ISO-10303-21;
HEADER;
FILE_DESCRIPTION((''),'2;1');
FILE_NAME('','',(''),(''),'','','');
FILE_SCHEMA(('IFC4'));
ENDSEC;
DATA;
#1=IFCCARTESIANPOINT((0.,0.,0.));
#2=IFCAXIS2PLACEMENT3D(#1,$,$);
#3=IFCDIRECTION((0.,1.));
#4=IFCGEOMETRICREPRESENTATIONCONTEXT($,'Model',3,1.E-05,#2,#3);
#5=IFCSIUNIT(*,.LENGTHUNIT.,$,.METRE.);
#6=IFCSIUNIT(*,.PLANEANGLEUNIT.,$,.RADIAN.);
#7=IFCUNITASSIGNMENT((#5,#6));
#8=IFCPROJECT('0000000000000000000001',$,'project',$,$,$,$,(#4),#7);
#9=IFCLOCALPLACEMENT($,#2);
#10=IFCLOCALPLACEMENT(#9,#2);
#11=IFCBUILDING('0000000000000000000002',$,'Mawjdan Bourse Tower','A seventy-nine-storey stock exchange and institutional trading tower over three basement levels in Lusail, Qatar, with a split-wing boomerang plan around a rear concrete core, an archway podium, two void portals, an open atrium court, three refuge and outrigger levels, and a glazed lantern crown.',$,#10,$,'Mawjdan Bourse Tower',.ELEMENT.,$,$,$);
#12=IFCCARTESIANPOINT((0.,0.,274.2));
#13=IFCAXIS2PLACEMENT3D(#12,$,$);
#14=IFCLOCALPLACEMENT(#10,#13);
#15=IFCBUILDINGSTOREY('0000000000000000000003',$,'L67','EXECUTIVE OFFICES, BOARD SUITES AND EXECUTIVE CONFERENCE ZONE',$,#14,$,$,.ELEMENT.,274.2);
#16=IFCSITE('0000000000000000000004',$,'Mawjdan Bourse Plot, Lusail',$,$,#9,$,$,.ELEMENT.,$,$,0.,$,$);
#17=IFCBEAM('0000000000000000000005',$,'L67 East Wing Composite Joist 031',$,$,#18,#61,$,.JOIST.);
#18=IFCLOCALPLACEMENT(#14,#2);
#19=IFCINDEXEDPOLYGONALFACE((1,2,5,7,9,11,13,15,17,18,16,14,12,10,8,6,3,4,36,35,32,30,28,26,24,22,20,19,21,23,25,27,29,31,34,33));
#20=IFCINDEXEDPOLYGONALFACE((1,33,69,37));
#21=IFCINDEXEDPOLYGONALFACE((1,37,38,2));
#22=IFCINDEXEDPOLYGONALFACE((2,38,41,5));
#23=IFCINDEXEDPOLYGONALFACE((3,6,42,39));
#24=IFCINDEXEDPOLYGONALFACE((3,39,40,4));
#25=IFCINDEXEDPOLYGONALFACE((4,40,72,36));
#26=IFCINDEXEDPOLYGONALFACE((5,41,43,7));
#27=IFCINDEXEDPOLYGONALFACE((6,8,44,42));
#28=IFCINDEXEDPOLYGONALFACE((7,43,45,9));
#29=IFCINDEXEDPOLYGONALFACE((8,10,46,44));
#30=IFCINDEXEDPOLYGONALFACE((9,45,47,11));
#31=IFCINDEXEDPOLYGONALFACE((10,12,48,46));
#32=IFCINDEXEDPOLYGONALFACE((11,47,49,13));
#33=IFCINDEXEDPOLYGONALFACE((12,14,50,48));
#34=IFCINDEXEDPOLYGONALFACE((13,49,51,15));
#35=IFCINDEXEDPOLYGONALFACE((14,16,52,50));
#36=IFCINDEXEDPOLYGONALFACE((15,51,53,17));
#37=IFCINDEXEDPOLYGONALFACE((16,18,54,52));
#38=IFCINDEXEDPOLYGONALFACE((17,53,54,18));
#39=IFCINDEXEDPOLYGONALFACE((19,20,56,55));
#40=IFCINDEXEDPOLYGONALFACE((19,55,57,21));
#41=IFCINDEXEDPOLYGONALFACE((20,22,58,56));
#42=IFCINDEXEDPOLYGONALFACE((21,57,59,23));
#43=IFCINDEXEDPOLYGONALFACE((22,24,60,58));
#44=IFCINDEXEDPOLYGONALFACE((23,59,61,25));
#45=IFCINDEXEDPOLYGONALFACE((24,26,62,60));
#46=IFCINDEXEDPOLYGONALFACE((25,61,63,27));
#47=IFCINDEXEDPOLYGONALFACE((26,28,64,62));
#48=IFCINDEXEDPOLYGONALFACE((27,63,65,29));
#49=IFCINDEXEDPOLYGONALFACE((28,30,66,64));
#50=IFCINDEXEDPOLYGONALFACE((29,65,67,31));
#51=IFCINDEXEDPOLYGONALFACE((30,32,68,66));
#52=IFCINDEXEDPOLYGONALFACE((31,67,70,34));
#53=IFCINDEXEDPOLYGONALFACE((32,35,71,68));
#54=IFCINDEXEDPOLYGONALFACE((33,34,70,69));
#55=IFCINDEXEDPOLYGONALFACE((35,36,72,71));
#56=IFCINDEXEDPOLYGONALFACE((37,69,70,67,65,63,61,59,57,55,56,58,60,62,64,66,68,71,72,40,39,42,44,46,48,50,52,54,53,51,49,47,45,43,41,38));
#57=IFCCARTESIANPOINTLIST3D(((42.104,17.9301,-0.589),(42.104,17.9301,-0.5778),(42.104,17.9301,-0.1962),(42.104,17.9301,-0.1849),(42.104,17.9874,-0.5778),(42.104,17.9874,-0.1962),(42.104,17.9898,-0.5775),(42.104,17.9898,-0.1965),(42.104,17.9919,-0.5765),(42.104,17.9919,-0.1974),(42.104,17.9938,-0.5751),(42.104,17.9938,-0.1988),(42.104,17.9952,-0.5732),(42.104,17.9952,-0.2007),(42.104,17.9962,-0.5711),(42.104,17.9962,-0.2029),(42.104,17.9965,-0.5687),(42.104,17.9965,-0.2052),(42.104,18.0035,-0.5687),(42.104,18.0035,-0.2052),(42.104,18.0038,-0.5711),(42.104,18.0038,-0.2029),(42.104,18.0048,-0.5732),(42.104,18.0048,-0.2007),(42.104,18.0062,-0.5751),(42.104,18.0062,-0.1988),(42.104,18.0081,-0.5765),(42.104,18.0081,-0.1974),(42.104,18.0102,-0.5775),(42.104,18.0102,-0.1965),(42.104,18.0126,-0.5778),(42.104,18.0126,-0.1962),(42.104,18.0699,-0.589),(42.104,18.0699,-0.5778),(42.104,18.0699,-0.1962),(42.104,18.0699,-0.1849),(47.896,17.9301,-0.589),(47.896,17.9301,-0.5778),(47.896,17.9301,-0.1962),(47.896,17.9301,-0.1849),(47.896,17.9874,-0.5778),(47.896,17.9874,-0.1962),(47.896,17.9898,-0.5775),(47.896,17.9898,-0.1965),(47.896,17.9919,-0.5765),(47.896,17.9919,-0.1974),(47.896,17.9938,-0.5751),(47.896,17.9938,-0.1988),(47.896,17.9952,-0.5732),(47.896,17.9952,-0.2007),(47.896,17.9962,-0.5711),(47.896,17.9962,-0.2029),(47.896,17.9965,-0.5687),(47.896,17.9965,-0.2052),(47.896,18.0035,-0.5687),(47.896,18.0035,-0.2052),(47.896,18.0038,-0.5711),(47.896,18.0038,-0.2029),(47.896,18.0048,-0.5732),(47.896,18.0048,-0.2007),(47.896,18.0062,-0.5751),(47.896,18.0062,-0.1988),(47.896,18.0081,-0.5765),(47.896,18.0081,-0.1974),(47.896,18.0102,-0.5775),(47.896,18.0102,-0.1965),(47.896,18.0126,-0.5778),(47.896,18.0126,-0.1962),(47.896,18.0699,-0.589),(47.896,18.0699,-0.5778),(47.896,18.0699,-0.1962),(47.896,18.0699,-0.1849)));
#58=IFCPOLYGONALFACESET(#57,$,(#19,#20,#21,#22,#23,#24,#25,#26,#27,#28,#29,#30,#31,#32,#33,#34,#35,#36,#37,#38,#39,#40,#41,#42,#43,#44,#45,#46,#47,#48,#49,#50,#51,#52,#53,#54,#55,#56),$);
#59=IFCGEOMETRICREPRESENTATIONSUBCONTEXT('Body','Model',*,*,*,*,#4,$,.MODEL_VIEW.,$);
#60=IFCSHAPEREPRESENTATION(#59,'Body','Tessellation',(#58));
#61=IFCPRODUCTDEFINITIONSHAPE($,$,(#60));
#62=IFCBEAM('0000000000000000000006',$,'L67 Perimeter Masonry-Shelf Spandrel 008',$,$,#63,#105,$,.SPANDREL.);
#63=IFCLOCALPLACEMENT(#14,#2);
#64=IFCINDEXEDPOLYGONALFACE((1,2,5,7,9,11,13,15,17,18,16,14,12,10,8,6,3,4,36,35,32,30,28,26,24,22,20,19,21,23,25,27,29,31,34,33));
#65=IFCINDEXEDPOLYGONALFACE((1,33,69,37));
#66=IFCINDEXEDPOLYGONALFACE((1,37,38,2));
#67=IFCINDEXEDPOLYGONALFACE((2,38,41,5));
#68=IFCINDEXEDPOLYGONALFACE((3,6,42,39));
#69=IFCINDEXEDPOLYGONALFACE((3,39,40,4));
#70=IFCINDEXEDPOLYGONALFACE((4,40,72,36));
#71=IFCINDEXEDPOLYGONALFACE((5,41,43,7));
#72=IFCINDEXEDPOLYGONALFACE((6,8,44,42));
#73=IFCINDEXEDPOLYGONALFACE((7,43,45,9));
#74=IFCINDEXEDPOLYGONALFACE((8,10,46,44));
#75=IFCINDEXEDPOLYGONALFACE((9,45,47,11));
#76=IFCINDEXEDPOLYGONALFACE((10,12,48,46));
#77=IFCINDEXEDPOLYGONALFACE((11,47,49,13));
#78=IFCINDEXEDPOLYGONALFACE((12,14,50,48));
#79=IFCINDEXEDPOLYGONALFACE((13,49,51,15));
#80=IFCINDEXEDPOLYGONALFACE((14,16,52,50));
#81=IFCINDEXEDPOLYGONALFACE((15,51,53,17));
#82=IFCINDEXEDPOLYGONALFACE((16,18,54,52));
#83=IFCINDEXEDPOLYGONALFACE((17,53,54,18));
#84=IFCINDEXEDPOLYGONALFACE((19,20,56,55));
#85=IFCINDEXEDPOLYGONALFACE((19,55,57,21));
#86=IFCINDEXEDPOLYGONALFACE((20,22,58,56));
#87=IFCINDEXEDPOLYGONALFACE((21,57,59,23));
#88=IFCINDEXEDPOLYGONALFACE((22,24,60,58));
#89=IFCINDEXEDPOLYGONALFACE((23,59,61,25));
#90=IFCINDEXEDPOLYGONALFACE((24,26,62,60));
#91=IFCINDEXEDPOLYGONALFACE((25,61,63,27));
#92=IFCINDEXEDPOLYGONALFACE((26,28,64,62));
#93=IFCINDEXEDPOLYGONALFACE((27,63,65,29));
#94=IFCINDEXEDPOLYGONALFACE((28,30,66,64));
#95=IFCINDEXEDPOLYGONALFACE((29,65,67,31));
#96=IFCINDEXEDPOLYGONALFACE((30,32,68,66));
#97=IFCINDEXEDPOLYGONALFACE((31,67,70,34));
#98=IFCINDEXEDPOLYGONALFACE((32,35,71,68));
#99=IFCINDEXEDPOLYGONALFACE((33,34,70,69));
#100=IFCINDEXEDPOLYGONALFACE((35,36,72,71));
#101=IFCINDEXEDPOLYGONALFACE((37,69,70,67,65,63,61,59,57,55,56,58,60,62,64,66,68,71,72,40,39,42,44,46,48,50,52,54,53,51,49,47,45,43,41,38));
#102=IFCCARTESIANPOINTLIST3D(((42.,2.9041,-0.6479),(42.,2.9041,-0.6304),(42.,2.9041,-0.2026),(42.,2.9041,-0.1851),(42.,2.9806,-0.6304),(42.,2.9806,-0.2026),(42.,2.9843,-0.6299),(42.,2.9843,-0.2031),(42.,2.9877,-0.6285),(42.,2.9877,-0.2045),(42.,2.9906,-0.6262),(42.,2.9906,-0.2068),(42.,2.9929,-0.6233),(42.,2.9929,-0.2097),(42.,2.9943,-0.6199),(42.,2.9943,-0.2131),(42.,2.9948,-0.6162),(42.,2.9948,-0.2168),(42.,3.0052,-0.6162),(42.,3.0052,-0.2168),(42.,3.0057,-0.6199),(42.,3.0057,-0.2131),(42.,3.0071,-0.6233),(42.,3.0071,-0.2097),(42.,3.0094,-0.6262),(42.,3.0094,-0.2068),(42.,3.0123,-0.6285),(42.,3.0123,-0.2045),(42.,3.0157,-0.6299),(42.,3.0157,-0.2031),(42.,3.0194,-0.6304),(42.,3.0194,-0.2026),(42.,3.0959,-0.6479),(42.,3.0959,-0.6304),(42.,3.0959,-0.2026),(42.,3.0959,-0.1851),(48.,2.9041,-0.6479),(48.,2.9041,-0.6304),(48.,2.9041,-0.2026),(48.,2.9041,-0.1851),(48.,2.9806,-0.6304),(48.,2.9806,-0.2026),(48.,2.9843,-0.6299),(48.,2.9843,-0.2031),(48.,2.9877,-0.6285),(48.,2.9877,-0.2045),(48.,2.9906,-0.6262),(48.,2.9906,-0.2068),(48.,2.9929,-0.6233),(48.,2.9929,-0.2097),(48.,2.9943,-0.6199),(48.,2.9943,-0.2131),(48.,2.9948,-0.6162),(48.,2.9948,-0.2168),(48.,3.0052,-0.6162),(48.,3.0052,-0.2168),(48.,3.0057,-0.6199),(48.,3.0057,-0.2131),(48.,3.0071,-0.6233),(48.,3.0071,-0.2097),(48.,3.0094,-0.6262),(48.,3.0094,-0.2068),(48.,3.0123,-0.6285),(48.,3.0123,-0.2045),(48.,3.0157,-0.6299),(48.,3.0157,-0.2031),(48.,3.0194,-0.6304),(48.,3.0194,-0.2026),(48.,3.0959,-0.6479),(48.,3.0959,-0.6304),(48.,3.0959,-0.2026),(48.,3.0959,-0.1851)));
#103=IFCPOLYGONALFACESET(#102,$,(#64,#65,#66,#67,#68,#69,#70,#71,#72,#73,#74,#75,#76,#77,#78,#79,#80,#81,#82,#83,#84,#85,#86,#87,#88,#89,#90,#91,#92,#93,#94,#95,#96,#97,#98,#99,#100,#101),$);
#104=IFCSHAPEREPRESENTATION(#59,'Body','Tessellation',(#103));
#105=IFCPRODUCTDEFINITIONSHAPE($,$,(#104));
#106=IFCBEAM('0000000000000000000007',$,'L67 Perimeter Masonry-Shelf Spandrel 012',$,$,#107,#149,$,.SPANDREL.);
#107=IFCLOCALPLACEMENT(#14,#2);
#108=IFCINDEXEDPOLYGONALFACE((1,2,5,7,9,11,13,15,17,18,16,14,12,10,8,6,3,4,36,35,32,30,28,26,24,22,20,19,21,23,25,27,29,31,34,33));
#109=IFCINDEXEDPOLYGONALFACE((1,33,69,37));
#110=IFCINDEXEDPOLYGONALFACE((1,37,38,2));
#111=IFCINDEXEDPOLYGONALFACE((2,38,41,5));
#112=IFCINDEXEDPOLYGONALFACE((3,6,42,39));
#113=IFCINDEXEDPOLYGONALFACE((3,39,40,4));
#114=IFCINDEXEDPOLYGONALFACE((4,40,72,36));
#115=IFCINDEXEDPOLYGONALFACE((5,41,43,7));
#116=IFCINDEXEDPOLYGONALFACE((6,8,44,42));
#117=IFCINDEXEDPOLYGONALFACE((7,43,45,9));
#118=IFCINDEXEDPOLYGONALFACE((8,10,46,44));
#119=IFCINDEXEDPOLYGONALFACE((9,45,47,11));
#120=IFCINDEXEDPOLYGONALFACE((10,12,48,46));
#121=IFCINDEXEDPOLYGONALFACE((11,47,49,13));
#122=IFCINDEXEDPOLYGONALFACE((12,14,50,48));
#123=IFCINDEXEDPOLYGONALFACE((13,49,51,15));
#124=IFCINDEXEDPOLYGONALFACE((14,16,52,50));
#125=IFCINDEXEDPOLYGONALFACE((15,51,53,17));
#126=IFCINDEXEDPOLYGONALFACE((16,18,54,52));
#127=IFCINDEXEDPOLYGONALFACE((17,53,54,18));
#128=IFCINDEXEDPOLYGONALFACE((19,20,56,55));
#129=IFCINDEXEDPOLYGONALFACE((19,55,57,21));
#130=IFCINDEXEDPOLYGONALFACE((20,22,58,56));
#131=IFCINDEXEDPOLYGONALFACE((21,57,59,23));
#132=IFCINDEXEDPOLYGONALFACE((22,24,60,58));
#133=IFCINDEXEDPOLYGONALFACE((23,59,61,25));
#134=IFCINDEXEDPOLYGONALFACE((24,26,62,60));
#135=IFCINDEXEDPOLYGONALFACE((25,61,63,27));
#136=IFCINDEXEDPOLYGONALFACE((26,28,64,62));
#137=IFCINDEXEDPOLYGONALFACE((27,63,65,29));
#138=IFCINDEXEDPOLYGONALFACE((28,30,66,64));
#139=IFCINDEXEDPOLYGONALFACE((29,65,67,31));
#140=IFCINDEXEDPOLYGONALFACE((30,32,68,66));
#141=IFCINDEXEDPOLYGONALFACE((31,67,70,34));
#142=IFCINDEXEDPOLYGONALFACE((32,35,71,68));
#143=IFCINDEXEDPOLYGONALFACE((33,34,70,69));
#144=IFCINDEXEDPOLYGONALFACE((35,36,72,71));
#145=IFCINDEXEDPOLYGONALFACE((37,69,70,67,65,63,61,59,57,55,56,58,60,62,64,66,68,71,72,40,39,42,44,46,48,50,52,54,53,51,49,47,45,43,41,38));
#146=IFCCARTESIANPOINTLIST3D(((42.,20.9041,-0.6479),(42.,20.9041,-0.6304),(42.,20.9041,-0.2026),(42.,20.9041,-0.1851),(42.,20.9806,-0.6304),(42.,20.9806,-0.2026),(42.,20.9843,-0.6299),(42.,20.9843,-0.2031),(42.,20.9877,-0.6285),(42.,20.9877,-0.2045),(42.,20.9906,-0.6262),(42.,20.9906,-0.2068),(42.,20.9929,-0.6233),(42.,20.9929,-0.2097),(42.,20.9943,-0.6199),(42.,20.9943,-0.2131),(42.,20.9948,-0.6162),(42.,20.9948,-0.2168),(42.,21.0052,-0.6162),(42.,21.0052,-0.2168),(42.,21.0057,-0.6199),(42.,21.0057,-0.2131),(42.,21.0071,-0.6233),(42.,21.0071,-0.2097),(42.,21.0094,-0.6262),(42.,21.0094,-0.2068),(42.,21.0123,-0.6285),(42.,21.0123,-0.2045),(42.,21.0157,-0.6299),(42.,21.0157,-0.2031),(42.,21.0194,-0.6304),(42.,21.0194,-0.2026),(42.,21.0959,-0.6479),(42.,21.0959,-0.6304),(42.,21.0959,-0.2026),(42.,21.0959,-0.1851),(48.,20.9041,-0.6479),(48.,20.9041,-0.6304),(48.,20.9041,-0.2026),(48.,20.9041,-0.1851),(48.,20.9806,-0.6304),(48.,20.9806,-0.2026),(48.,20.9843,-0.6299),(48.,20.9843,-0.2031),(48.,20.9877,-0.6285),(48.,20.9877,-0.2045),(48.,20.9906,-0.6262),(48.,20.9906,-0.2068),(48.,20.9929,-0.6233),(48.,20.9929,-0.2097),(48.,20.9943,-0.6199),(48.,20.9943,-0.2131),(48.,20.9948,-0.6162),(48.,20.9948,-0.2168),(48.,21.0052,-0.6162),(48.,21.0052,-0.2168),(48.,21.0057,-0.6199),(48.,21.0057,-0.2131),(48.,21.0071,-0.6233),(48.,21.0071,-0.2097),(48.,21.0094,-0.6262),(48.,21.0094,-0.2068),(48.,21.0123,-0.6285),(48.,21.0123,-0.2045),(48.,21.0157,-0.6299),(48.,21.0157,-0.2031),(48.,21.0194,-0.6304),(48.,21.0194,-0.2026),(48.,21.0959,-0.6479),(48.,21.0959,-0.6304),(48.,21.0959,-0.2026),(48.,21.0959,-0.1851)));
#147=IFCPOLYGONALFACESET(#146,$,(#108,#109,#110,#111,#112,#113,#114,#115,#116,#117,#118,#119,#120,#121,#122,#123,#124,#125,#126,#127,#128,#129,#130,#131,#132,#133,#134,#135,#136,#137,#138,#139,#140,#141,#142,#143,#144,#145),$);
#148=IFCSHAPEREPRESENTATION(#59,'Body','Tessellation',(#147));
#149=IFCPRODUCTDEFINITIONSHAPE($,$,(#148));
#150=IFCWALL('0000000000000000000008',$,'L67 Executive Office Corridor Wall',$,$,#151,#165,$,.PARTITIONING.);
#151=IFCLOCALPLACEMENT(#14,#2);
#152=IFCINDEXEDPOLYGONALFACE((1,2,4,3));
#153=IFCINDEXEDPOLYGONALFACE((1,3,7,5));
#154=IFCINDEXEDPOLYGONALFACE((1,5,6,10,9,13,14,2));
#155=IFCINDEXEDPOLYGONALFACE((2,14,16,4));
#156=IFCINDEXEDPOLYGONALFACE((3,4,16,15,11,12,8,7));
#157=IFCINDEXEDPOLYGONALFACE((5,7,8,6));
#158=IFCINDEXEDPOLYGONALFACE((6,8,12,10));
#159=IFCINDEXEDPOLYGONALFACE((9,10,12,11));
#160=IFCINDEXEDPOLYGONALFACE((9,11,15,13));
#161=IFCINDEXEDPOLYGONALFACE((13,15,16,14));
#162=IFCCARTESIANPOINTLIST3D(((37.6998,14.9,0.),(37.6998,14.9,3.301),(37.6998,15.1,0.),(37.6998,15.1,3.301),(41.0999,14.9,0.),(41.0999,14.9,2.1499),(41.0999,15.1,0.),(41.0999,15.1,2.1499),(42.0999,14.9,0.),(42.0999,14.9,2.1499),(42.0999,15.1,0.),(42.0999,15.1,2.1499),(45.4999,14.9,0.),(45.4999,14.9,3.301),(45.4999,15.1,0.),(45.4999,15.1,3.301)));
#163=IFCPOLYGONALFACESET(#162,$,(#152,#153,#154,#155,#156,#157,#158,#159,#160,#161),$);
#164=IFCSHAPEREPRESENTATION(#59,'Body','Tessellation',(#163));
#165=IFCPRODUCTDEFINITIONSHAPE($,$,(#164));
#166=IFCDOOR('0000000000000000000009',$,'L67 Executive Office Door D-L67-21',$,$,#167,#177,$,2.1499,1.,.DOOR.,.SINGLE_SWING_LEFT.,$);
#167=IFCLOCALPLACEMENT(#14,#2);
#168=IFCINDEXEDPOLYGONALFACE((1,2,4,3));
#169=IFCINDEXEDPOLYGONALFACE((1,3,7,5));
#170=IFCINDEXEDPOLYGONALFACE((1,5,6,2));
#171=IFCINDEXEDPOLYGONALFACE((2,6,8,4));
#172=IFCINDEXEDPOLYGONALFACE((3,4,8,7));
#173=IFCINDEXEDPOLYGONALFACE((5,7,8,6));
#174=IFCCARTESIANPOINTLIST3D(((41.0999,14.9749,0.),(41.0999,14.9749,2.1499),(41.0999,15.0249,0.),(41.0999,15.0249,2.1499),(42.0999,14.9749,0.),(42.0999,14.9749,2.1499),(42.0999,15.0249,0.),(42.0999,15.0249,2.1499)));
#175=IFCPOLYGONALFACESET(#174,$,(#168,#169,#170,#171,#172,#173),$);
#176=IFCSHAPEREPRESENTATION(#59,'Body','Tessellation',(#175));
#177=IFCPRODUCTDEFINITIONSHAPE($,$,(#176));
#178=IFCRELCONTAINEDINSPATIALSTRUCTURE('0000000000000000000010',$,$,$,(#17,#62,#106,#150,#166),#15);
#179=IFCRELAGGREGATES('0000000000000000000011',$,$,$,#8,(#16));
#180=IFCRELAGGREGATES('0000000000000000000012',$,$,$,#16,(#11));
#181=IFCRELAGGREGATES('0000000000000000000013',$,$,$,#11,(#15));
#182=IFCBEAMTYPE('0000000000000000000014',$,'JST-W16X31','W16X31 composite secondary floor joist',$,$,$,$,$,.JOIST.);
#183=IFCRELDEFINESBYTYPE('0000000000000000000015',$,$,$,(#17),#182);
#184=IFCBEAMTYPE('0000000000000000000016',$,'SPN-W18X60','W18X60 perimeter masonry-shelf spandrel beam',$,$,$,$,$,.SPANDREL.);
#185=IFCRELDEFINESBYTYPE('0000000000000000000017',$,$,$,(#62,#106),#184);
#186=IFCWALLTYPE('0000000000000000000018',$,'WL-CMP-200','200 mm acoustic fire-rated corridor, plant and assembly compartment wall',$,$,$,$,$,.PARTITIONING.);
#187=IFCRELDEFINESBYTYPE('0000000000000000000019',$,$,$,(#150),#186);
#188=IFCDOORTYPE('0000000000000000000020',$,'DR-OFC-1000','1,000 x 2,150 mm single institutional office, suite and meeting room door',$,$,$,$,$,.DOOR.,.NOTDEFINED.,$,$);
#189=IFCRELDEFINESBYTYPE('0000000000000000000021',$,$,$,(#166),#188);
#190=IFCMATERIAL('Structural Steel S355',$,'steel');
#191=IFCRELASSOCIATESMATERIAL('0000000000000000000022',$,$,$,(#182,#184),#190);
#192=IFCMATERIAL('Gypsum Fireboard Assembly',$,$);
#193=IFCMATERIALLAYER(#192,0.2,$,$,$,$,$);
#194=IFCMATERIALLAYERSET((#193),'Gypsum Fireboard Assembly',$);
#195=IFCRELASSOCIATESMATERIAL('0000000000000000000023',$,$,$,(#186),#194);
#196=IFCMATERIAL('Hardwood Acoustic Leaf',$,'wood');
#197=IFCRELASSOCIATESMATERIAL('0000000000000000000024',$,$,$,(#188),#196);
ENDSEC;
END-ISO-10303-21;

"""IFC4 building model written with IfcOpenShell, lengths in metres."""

from ifc_helpers import new_model, si_unit, direction, frame, frame_2d, origin, origin_2d, place, context, subcontext, project, spatial, rectangle, i_section, extrude, material, layer, layer_set, material_profile, profile_set, type_object, element, fill, save


model = new_model("IFC4")

# Units and contexts
model_context = context("Model", 3, precision=1e-05, world=origin(), true_north=direction((0.0, 1.0)))
body_context = subcontext(model_context, "Body", "Model", "MODEL_VIEW")
ifc_project = project(units=[si_unit("LENGTHUNIT", "METRE"), si_unit("PLANEANGLEUNIT", "RADIAN")], contexts=[model_context])

# Site, building, storey
site_placement = place(None, origin())
site = spatial("IfcSite", under=ifc_project, at=site_placement, Name="Mawjdan Bourse Plot, Lusail", CompositionType="ELEMENT", RefElevation=0.0)
building_placement = place(site_placement, origin())
building = spatial("IfcBuilding", under=site, at=building_placement, Name="Mawjdan Bourse Tower", Description="A seventy-nine-storey stock exchange and institutional trading tower over three basement levels in Lusail, Qatar, with a split-wing boomerang plan around a rear concrete core, an archway podium, two void portals, an open atrium court, three refuge and outrigger levels, and a glazed lantern crown.", LongName="Mawjdan Bourse Tower", CompositionType="ELEMENT")
storey_placement = place(building_placement, frame((0.0, 0.0, 274.2)))
storey = spatial("IfcBuildingStorey", under=building, at=storey_placement, Name="L67", Description="EXECUTIVE OFFICES, BOARD SUITES AND EXECUTIVE CONFERENCE ZONE", CompositionType="ELEMENT", Elevation=274.2)

# Beams
ifc_material_1 = material(Name="Structural Steel S355", Category="steel")
ifc_material_profile_1 = material_profile(ifc_material_1, i_section(OverallWidth=0.1399, OverallDepth=0.4041, WebThickness=0.0071, FlangeThickness=0.0112, FilletRadius=0.009, at=origin_2d()), Name="W16X31")
ifc_profile_set_1 = profile_set([ifc_material_profile_1], Name="Structural Steel S355")
beam_type_1 = type_object("IfcBeamType", Name="JST-W16X31", Description="W16X31 composite secondary floor joist", PredefinedType="JOIST", material=ifc_profile_set_1)
beam_1_placement = place(storey_placement, frame((42.104, 18.0, -0.387), z_axis=(1.0, 0.0, 0.0), x_axis=(0.0, 1.0, 0.0)))
element("IfcBeam", 1, at=beam_1_placement, inside=storey, type_object=beam_type_1, Name="L67 East Wing Composite Joist 031", PredefinedType="JOIST", context=body_context, shape_type="SweptSolid", body=[
    extrude(i_section(OverallWidth=0.1399, OverallDepth=0.4041, WebThickness=0.0071, FlangeThickness=0.0112, FilletRadius=0.009, at=origin_2d()), origin(), (0.0, 0.0, 1.0), 5.792),
])
ifc_material_profile_2 = material_profile(ifc_material_1, i_section(OverallWidth=0.1919, OverallDepth=0.4629, WebThickness=0.0105, FlangeThickness=0.0176, FilletRadius=0.0142, at=origin_2d()), Name="W18X60")
ifc_profile_set_2 = profile_set([ifc_material_profile_2], Name="Structural Steel S355")
beam_type_2 = type_object("IfcBeamType", Name="SPN-W18X60", Description="W18X60 perimeter masonry-shelf spandrel beam", PredefinedType="SPANDREL", material=ifc_profile_set_2)
for number, where, z_axis, x_axis, name in (
    (2, (42.0, 3.0, -0.4165), (1.0, 0.0, 0.0), (0.0, 1.0, 0.0), "L67 Perimeter Masonry-Shelf Spandrel 008"),
    (3, (42.0, 21.0, -0.4165), (1.0, 0.0, 0.0), (0.0, 1.0, 0.0), "L67 Perimeter Masonry-Shelf Spandrel 012"),
):
    element("IfcBeam", number, at=place(storey_placement, frame(where, z_axis=z_axis, x_axis=x_axis)), inside=storey, type_object=beam_type_2, Name=name, PredefinedType="SPANDREL", context=body_context, shape_type="SweptSolid", body=[
        extrude(i_section(OverallWidth=0.1919, OverallDepth=0.4629, WebThickness=0.0105, FlangeThickness=0.0176, FilletRadius=0.0142, at=origin_2d()), origin(), (0.0, 0.0, 1.0), 6.0),
    ])

# Wall, opening, door
ifc_material_2 = material(Name="Gypsum Fireboard Assembly")
ifc_layer_1 = layer(ifc_material_2, 0.2)
ifc_layer_set_1 = layer_set([ifc_layer_1], Name="Gypsum Fireboard Assembly")
wall_type_1 = type_object("IfcWallType", Name="WL-CMP-200", Description="200 mm acoustic fire-rated corridor, plant and assembly compartment wall", PredefinedType="PARTITIONING", material=ifc_layer_set_1)
wall_1_placement = place(storey_placement, frame((37.7, 15.0, 0.0), z_axis=(0.0, 0.0, 1.0), x_axis=(1.0, 0.0, 0.0)))
wall_1 = element("IfcWall", 4, at=wall_1_placement, inside=storey, type_object=wall_type_1, Name="L67 Executive Office Corridor Wall", PredefinedType="PARTITIONING", context=body_context, shape_type="SweptSolid", body=[
    extrude(rectangle(XDim=7.8, YDim=0.2, at=frame_2d((3.8999, 0.0))), origin(), (0.0, 0.0, 1.0), 3.301),
])
opening_1_placement = place(wall_1_placement, frame((3.3999, 0.0, 0.0)))
opening_1 = element("IfcOpeningElement", 5, at=opening_1_placement, cuts=wall_1, PredefinedType="OPENING", context=body_context, shape_type="SweptSolid", body=[
    extrude(rectangle(XDim=1.0, YDim=2.1499, at=frame_2d((0.5, 1.075))), frame((0.0, 0.1099, 0.0), z_axis=(0.0, -1.0, 0.0), x_axis=(1.0, 0.0, 0.0)), (0.0, 0.0, 1.0), 0.22),
])
ifc_material_3 = material(Name="Hardwood Acoustic Leaf", Category="wood")
door_type = type_object("IfcDoorType", Name="DR-OFC-1000", Description="1,000 x 2,150 mm single institutional office, suite and meeting room door", OperationType="NOTDEFINED", PredefinedType="DOOR", material=ifc_material_3)
door_1_placement = place(opening_1_placement, origin())
door_1 = element("IfcDoor", 6, at=door_1_placement, inside=storey, type_object=door_type, Name="L67 Executive Office Door D-L67-21", OperationType="SINGLE_SWING_LEFT", OverallHeight=2.1499, OverallWidth=1.0, PredefinedType="DOOR", context=body_context, shape_type="SweptSolid", body=[
    extrude(rectangle(XDim=1.0, YDim=2.1499, at=frame_2d((0.5, 1.075))), frame((0.0, 0.0249, 0.0), z_axis=(0.0, -1.0, 0.0), x_axis=(1.0, 0.0, 0.0)), (0.0, 0.0, 1.0), 0.05),
])
fill(opening_1, door_1)

save(model, "model.ifc")
